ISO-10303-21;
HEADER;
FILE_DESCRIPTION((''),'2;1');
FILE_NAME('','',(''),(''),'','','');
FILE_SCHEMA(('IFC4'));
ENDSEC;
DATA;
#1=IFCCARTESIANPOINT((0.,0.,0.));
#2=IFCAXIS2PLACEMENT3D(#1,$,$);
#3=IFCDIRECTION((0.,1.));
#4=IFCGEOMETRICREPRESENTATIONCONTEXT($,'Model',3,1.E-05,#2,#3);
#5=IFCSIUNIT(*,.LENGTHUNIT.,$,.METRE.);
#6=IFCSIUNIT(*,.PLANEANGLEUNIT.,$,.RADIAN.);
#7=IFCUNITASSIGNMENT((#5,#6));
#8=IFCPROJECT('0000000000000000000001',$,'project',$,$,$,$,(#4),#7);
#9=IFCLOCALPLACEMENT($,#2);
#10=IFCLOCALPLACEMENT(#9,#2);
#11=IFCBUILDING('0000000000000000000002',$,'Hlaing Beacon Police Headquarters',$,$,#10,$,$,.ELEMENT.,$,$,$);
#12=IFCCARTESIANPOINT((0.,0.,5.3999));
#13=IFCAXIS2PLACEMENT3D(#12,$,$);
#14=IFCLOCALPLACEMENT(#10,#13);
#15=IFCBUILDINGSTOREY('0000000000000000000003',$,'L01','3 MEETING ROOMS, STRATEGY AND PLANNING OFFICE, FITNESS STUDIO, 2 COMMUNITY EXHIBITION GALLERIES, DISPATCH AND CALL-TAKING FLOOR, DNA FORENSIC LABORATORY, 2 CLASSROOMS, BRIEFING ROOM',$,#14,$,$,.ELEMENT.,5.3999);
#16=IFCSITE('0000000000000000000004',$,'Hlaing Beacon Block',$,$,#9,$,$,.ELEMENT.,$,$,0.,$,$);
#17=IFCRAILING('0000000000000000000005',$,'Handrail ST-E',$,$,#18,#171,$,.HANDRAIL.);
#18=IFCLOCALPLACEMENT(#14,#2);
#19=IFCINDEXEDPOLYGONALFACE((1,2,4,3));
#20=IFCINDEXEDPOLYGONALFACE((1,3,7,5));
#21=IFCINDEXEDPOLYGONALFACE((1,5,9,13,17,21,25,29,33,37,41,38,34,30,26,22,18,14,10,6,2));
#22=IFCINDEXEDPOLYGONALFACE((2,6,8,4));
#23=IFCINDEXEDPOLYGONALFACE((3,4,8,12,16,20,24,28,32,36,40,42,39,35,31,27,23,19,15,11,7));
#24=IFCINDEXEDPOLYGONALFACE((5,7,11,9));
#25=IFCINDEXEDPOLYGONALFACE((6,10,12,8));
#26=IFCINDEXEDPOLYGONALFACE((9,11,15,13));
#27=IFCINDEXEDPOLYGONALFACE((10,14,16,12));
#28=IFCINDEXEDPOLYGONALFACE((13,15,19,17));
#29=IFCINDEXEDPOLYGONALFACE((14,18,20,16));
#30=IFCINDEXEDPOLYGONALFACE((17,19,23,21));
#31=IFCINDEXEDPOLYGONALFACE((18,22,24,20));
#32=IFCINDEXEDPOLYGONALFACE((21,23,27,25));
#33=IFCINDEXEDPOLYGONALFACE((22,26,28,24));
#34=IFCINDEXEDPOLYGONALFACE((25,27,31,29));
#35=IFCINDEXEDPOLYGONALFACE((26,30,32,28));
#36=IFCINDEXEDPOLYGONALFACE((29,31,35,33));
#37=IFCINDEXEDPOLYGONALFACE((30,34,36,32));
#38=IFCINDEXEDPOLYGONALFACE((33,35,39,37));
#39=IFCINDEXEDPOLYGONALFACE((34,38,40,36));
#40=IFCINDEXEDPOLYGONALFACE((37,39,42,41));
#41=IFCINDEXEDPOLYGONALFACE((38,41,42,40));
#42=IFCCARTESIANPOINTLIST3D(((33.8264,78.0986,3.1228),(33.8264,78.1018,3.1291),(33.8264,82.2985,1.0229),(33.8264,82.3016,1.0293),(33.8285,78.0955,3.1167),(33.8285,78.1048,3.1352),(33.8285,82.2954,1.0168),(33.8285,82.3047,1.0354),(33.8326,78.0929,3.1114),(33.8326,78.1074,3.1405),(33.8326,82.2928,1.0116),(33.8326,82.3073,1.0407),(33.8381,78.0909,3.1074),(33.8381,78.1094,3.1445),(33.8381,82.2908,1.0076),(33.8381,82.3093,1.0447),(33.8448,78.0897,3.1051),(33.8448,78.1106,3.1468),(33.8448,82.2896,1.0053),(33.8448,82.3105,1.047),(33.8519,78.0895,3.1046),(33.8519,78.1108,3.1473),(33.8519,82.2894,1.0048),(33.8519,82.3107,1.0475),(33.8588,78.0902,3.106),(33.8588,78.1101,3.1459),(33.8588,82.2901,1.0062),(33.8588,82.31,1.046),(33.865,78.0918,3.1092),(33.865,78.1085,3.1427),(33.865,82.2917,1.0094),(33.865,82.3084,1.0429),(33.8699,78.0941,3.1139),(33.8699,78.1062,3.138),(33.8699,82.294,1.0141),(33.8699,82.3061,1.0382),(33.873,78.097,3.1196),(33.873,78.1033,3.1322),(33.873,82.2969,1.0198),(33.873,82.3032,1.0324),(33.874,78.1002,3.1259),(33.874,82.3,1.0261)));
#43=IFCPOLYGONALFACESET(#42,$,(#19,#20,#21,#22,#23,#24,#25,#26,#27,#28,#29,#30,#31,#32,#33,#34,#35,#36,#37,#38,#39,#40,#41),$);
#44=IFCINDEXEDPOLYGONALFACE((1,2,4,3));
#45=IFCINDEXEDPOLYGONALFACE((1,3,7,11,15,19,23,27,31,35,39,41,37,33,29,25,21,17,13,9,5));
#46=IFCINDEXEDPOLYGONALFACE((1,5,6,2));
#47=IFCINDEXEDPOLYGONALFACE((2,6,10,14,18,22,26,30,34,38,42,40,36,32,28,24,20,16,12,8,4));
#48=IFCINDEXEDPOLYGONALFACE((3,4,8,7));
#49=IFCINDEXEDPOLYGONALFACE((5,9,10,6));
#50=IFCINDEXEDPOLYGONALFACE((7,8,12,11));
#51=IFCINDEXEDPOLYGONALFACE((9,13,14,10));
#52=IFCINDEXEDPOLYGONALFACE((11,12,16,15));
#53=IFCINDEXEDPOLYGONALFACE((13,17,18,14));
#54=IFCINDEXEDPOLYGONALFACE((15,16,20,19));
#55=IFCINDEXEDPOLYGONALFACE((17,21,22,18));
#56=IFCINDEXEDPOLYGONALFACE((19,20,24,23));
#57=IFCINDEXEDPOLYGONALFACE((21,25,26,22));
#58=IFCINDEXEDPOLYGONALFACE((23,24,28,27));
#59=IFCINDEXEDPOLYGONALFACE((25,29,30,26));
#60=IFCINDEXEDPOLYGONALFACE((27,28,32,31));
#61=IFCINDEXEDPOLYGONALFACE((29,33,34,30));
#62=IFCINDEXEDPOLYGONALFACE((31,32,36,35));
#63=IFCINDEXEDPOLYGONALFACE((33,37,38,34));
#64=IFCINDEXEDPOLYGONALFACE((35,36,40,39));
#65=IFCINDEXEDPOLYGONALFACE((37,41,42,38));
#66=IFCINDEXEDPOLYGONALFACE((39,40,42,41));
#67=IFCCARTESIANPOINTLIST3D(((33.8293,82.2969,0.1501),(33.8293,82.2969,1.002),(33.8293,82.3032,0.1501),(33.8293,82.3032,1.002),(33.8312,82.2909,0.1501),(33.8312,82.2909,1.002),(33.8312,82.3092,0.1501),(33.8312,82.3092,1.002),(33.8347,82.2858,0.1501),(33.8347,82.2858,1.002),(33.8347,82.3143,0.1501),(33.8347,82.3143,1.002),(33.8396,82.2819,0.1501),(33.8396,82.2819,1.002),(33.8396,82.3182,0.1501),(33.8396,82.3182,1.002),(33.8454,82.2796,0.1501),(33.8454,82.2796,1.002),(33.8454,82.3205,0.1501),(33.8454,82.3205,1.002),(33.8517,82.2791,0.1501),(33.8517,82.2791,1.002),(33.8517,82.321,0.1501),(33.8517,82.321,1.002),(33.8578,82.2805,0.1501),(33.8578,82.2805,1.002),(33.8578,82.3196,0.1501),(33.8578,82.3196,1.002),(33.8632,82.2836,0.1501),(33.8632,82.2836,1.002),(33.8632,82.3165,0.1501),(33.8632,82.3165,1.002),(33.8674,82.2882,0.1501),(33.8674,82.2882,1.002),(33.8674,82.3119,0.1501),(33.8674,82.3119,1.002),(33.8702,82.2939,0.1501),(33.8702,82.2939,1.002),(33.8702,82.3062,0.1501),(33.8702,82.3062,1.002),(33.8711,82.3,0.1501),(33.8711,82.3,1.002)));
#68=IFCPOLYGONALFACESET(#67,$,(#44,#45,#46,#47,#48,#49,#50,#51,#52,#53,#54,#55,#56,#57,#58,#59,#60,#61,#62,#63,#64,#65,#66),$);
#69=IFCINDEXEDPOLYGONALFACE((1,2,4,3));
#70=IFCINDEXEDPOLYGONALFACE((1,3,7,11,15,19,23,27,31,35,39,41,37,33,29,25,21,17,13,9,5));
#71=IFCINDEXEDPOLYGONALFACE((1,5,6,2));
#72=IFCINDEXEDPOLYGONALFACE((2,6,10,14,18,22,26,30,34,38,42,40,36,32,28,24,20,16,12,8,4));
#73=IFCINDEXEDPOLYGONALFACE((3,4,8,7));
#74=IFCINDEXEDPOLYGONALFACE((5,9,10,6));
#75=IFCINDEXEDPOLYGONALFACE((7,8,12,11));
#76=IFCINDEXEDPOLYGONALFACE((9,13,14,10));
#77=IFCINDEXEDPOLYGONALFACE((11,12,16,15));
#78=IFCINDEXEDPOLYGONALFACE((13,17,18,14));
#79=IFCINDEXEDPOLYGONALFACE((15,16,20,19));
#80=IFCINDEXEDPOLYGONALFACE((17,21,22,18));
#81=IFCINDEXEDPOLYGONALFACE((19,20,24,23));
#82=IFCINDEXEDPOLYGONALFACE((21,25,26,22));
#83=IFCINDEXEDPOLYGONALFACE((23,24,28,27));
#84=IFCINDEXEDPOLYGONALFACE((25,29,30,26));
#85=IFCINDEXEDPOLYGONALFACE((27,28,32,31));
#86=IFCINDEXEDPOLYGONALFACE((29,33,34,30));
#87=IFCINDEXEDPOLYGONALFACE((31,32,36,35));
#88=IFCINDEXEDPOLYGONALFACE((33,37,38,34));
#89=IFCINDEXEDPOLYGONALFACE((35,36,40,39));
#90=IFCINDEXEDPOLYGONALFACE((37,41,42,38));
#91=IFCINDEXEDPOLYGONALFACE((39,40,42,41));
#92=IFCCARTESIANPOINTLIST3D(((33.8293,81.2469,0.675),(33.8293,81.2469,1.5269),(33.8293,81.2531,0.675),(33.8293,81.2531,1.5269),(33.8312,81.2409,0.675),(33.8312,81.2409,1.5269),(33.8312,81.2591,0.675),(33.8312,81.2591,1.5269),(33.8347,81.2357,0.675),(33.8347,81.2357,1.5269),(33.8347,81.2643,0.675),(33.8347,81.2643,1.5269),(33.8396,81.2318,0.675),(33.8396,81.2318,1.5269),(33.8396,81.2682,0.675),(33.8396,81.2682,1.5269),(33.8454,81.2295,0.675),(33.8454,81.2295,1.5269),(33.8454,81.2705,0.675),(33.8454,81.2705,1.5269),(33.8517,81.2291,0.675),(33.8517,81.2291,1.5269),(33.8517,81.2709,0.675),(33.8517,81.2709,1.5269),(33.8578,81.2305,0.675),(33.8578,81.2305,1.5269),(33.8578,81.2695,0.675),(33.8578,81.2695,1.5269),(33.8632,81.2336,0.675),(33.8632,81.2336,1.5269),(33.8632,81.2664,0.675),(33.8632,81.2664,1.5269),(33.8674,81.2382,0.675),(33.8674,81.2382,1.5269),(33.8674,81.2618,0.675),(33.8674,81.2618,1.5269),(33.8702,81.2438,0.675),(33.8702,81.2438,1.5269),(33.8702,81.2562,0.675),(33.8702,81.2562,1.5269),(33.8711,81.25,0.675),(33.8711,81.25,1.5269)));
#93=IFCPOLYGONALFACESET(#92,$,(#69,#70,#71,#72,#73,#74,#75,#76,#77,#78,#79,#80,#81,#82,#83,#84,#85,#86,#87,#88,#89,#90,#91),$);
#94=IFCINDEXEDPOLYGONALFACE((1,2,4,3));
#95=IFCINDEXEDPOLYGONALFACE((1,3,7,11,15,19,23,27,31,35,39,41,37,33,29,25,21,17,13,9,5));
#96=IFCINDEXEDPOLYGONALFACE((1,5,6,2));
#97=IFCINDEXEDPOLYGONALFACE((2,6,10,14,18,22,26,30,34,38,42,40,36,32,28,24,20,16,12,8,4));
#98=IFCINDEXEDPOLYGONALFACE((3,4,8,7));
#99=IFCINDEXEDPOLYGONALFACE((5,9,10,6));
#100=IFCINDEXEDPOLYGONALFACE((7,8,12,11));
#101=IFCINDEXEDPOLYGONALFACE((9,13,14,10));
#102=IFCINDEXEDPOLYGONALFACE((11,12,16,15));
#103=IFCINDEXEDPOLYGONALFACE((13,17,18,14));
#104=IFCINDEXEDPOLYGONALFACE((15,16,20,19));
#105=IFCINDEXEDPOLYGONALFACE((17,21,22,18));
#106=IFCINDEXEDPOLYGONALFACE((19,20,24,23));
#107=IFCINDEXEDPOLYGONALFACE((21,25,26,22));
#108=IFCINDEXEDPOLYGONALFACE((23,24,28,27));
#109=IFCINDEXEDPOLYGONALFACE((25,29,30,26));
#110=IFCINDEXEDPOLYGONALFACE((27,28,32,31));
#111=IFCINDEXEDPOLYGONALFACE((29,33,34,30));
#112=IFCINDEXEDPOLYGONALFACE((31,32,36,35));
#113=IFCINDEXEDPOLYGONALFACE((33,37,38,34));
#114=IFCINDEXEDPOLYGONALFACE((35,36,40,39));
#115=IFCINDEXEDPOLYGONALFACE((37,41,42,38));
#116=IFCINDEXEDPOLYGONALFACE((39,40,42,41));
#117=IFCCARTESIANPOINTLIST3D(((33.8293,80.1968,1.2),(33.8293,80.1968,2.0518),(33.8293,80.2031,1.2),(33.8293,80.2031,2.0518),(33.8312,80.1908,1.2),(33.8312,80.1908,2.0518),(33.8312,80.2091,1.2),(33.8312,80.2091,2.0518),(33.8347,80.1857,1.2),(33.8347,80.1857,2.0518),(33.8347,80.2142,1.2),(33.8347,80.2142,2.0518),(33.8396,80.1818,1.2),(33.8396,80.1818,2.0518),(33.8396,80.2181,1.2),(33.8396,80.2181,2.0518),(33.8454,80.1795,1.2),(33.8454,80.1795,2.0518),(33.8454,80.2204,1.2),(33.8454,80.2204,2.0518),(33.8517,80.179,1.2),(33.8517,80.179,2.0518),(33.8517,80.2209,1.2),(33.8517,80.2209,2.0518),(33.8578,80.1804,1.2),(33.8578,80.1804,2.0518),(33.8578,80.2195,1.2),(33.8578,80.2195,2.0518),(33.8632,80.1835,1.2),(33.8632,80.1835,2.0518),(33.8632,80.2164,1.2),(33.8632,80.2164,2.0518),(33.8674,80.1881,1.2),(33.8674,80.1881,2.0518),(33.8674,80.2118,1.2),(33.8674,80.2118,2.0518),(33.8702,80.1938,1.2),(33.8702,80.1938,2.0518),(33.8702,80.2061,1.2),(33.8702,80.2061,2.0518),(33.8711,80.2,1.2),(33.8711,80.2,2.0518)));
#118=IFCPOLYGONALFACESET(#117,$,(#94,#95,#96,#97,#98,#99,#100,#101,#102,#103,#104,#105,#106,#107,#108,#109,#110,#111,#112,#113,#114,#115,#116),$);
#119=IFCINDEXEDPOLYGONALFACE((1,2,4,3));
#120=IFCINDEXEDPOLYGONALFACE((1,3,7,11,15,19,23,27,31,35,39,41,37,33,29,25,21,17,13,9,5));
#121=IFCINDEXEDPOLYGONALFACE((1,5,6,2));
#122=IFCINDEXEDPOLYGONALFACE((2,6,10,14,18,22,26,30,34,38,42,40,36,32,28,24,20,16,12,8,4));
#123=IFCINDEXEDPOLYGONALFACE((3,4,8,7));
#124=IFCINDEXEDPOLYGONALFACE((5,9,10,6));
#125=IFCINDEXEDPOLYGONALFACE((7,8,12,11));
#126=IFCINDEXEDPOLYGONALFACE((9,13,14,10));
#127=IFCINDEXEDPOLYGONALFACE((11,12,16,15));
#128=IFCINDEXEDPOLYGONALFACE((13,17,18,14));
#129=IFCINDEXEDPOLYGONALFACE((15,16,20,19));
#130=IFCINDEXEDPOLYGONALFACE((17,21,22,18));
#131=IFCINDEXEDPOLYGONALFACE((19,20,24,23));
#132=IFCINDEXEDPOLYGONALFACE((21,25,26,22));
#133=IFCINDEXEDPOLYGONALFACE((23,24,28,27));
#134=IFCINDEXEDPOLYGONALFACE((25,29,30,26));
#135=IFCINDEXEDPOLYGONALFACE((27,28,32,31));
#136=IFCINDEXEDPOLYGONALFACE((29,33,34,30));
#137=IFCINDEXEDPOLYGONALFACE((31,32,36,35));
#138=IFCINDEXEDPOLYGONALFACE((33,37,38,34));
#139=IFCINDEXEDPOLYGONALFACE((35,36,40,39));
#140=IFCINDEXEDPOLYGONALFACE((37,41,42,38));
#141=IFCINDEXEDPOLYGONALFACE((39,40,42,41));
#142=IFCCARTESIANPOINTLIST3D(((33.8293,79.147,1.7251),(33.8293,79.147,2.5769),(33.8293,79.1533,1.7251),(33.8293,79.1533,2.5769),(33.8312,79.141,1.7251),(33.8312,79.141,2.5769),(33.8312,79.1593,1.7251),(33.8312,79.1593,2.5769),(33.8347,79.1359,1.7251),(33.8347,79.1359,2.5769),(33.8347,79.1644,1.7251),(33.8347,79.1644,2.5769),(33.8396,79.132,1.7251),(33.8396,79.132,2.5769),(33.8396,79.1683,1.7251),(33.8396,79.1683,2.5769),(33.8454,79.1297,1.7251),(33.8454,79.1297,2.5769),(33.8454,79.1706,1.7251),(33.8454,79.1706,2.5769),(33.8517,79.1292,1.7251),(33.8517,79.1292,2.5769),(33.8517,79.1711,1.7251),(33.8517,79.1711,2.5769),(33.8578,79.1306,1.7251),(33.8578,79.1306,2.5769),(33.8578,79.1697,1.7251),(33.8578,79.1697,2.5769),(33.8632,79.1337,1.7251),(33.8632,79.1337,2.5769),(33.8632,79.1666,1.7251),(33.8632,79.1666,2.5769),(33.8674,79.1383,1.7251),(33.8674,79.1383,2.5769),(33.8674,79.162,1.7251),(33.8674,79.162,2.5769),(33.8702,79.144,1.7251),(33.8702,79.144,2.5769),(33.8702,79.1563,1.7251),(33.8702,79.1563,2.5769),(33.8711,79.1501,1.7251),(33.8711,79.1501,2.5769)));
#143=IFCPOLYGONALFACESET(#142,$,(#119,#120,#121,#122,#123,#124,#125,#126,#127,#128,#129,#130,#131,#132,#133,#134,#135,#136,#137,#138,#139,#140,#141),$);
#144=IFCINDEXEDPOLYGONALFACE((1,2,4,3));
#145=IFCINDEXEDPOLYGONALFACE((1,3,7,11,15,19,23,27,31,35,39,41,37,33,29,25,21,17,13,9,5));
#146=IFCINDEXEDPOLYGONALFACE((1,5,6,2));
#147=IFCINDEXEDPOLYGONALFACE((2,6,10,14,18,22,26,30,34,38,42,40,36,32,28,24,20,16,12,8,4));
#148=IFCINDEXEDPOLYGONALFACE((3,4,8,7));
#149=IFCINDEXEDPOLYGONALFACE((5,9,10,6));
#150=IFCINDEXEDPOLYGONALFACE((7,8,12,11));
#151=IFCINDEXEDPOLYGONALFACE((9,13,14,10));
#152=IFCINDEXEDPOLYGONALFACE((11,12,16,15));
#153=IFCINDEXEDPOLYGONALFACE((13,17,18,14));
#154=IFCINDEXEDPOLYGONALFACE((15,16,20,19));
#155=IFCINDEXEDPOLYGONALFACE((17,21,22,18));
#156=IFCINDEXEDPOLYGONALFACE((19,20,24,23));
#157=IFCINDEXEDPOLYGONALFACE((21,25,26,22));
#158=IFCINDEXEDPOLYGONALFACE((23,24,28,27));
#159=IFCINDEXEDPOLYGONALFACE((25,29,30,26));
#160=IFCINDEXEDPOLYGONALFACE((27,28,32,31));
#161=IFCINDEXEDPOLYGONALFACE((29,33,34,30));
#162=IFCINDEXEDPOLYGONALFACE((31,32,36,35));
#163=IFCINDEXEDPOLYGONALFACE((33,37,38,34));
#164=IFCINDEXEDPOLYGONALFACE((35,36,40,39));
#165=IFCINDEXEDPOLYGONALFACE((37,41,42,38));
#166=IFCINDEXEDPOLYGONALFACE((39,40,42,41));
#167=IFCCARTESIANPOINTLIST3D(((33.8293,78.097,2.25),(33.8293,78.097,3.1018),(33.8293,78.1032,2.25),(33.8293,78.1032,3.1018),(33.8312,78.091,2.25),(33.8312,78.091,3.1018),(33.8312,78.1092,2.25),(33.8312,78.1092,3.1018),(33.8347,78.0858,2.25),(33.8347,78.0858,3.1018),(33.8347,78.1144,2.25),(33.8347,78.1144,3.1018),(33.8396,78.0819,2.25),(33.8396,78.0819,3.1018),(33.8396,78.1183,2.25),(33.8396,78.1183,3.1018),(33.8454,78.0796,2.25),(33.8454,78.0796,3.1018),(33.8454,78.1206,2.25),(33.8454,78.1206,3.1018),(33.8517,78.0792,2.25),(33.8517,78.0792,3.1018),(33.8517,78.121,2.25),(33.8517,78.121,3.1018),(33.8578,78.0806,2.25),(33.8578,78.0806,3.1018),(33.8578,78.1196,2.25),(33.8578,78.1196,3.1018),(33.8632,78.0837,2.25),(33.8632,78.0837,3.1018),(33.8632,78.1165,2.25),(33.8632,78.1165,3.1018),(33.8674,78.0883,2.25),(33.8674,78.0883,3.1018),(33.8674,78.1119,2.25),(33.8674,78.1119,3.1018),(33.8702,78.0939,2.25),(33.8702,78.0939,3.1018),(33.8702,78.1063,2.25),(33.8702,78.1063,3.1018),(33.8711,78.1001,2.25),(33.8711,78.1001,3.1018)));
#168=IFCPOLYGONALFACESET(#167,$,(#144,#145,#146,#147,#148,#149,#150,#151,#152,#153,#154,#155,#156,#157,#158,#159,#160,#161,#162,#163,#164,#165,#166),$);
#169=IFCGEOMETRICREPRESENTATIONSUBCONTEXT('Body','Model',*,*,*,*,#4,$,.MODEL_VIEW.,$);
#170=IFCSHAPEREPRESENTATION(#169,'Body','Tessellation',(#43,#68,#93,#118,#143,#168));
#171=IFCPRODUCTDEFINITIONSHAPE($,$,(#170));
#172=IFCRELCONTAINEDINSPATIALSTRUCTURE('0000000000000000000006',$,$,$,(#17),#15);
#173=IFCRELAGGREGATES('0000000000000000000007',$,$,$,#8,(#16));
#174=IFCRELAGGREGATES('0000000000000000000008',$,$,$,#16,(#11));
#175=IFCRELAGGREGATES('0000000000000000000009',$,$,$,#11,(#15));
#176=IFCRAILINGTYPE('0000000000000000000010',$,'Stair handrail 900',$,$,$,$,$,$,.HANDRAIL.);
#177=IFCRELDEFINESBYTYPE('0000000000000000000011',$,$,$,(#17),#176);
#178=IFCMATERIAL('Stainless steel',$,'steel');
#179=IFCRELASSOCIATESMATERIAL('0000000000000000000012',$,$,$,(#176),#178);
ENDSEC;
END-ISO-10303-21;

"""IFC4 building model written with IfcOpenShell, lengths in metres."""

from ifc_helpers import new_model, si_unit, direction, frame, origin, origin_2d, place, context, subcontext, project, spatial, circle, extrude, material, type_object, element, save


model = new_model("IFC4")

# Units and contexts
model_context = context("Model", 3, precision=1e-05, world=origin(), true_north=direction((0.0, 1.0)))
body_context = subcontext(model_context, "Body", "Model", "MODEL_VIEW")
ifc_project = project(units=[si_unit("LENGTHUNIT", "METRE"), si_unit("PLANEANGLEUNIT", "RADIAN")], contexts=[model_context])

# Site, building, storey
site_placement = place(None, origin())
site = spatial("IfcSite", under=ifc_project, at=site_placement, Name="Hlaing Beacon Block", CompositionType="ELEMENT", RefElevation=0.0)
building_placement = place(site_placement, origin())
building = spatial("IfcBuilding", under=site, at=building_placement, Name="Hlaing Beacon Police Headquarters", CompositionType="ELEMENT")
storey_placement = place(building_placement, frame((0.0, 0.0, 5.3999)))
storey = spatial("IfcBuildingStorey", under=building, at=storey_placement, Name="L01", Description="3 MEETING ROOMS, STRATEGY AND PLANNING OFFICE, FITNESS STUDIO, 2 COMMUNITY EXHIBITION GALLERIES, DISPATCH AND CALL-TAKING FLOOR, DNA FORENSIC LABORATORY, 2 CLASSROOMS, BRIEFING ROOM", CompositionType="ELEMENT", Elevation=5.3999)

# Railing
ifc_material_1 = material(Name="Stainless steel", Category="steel")
railing_type = type_object("IfcRailingType", Name="Stair handrail 900", PredefinedType="HANDRAIL", material=ifc_material_1)
for number, where, name in (
    (1, (33.8501, 82.3, 0.1501), "Handrail ST-E"),
):
    element("IfcRailing", number, at=place(storey_placement, frame(where)), inside=storey, type_object=railing_type, Name=name, PredefinedType="HANDRAIL", context=body_context, shape_type="SweptSolid", body=[
        extrude(circle(Radius=0.0239, at=origin_2d()), frame((0.0, 0.0, 0.876), z_axis=(0.0, -0.894438, 0.447193), x_axis=(1.0, 0.0, 0.0)), (0.0, 0.0, 1.0), 4.6956),
        extrude(circle(Radius=0.021, at=origin_2d()), origin(), (0.0, 0.0, 1.0), 0.8518),
        extrude(circle(Radius=0.021, at=origin_2d()), frame((0.0, -1.05, 0.5249)), (0.0, 0.0, 1.0), 0.8518),
        extrude(circle(Radius=0.021, at=origin_2d()), frame((0.0, -2.1001, 1.0498)), (0.0, 0.0, 1.0), 0.8518),
        extrude(circle(Radius=0.021, at=origin_2d()), frame((0.0, -3.1499, 1.575)), (0.0, 0.0, 1.0), 0.8518),
        extrude(circle(Radius=0.021, at=origin_2d()), frame((0.0, -4.2, 2.0999)), (0.0, 0.0, 1.0), 0.8518),
    ])

save(model, "model.ifc")
